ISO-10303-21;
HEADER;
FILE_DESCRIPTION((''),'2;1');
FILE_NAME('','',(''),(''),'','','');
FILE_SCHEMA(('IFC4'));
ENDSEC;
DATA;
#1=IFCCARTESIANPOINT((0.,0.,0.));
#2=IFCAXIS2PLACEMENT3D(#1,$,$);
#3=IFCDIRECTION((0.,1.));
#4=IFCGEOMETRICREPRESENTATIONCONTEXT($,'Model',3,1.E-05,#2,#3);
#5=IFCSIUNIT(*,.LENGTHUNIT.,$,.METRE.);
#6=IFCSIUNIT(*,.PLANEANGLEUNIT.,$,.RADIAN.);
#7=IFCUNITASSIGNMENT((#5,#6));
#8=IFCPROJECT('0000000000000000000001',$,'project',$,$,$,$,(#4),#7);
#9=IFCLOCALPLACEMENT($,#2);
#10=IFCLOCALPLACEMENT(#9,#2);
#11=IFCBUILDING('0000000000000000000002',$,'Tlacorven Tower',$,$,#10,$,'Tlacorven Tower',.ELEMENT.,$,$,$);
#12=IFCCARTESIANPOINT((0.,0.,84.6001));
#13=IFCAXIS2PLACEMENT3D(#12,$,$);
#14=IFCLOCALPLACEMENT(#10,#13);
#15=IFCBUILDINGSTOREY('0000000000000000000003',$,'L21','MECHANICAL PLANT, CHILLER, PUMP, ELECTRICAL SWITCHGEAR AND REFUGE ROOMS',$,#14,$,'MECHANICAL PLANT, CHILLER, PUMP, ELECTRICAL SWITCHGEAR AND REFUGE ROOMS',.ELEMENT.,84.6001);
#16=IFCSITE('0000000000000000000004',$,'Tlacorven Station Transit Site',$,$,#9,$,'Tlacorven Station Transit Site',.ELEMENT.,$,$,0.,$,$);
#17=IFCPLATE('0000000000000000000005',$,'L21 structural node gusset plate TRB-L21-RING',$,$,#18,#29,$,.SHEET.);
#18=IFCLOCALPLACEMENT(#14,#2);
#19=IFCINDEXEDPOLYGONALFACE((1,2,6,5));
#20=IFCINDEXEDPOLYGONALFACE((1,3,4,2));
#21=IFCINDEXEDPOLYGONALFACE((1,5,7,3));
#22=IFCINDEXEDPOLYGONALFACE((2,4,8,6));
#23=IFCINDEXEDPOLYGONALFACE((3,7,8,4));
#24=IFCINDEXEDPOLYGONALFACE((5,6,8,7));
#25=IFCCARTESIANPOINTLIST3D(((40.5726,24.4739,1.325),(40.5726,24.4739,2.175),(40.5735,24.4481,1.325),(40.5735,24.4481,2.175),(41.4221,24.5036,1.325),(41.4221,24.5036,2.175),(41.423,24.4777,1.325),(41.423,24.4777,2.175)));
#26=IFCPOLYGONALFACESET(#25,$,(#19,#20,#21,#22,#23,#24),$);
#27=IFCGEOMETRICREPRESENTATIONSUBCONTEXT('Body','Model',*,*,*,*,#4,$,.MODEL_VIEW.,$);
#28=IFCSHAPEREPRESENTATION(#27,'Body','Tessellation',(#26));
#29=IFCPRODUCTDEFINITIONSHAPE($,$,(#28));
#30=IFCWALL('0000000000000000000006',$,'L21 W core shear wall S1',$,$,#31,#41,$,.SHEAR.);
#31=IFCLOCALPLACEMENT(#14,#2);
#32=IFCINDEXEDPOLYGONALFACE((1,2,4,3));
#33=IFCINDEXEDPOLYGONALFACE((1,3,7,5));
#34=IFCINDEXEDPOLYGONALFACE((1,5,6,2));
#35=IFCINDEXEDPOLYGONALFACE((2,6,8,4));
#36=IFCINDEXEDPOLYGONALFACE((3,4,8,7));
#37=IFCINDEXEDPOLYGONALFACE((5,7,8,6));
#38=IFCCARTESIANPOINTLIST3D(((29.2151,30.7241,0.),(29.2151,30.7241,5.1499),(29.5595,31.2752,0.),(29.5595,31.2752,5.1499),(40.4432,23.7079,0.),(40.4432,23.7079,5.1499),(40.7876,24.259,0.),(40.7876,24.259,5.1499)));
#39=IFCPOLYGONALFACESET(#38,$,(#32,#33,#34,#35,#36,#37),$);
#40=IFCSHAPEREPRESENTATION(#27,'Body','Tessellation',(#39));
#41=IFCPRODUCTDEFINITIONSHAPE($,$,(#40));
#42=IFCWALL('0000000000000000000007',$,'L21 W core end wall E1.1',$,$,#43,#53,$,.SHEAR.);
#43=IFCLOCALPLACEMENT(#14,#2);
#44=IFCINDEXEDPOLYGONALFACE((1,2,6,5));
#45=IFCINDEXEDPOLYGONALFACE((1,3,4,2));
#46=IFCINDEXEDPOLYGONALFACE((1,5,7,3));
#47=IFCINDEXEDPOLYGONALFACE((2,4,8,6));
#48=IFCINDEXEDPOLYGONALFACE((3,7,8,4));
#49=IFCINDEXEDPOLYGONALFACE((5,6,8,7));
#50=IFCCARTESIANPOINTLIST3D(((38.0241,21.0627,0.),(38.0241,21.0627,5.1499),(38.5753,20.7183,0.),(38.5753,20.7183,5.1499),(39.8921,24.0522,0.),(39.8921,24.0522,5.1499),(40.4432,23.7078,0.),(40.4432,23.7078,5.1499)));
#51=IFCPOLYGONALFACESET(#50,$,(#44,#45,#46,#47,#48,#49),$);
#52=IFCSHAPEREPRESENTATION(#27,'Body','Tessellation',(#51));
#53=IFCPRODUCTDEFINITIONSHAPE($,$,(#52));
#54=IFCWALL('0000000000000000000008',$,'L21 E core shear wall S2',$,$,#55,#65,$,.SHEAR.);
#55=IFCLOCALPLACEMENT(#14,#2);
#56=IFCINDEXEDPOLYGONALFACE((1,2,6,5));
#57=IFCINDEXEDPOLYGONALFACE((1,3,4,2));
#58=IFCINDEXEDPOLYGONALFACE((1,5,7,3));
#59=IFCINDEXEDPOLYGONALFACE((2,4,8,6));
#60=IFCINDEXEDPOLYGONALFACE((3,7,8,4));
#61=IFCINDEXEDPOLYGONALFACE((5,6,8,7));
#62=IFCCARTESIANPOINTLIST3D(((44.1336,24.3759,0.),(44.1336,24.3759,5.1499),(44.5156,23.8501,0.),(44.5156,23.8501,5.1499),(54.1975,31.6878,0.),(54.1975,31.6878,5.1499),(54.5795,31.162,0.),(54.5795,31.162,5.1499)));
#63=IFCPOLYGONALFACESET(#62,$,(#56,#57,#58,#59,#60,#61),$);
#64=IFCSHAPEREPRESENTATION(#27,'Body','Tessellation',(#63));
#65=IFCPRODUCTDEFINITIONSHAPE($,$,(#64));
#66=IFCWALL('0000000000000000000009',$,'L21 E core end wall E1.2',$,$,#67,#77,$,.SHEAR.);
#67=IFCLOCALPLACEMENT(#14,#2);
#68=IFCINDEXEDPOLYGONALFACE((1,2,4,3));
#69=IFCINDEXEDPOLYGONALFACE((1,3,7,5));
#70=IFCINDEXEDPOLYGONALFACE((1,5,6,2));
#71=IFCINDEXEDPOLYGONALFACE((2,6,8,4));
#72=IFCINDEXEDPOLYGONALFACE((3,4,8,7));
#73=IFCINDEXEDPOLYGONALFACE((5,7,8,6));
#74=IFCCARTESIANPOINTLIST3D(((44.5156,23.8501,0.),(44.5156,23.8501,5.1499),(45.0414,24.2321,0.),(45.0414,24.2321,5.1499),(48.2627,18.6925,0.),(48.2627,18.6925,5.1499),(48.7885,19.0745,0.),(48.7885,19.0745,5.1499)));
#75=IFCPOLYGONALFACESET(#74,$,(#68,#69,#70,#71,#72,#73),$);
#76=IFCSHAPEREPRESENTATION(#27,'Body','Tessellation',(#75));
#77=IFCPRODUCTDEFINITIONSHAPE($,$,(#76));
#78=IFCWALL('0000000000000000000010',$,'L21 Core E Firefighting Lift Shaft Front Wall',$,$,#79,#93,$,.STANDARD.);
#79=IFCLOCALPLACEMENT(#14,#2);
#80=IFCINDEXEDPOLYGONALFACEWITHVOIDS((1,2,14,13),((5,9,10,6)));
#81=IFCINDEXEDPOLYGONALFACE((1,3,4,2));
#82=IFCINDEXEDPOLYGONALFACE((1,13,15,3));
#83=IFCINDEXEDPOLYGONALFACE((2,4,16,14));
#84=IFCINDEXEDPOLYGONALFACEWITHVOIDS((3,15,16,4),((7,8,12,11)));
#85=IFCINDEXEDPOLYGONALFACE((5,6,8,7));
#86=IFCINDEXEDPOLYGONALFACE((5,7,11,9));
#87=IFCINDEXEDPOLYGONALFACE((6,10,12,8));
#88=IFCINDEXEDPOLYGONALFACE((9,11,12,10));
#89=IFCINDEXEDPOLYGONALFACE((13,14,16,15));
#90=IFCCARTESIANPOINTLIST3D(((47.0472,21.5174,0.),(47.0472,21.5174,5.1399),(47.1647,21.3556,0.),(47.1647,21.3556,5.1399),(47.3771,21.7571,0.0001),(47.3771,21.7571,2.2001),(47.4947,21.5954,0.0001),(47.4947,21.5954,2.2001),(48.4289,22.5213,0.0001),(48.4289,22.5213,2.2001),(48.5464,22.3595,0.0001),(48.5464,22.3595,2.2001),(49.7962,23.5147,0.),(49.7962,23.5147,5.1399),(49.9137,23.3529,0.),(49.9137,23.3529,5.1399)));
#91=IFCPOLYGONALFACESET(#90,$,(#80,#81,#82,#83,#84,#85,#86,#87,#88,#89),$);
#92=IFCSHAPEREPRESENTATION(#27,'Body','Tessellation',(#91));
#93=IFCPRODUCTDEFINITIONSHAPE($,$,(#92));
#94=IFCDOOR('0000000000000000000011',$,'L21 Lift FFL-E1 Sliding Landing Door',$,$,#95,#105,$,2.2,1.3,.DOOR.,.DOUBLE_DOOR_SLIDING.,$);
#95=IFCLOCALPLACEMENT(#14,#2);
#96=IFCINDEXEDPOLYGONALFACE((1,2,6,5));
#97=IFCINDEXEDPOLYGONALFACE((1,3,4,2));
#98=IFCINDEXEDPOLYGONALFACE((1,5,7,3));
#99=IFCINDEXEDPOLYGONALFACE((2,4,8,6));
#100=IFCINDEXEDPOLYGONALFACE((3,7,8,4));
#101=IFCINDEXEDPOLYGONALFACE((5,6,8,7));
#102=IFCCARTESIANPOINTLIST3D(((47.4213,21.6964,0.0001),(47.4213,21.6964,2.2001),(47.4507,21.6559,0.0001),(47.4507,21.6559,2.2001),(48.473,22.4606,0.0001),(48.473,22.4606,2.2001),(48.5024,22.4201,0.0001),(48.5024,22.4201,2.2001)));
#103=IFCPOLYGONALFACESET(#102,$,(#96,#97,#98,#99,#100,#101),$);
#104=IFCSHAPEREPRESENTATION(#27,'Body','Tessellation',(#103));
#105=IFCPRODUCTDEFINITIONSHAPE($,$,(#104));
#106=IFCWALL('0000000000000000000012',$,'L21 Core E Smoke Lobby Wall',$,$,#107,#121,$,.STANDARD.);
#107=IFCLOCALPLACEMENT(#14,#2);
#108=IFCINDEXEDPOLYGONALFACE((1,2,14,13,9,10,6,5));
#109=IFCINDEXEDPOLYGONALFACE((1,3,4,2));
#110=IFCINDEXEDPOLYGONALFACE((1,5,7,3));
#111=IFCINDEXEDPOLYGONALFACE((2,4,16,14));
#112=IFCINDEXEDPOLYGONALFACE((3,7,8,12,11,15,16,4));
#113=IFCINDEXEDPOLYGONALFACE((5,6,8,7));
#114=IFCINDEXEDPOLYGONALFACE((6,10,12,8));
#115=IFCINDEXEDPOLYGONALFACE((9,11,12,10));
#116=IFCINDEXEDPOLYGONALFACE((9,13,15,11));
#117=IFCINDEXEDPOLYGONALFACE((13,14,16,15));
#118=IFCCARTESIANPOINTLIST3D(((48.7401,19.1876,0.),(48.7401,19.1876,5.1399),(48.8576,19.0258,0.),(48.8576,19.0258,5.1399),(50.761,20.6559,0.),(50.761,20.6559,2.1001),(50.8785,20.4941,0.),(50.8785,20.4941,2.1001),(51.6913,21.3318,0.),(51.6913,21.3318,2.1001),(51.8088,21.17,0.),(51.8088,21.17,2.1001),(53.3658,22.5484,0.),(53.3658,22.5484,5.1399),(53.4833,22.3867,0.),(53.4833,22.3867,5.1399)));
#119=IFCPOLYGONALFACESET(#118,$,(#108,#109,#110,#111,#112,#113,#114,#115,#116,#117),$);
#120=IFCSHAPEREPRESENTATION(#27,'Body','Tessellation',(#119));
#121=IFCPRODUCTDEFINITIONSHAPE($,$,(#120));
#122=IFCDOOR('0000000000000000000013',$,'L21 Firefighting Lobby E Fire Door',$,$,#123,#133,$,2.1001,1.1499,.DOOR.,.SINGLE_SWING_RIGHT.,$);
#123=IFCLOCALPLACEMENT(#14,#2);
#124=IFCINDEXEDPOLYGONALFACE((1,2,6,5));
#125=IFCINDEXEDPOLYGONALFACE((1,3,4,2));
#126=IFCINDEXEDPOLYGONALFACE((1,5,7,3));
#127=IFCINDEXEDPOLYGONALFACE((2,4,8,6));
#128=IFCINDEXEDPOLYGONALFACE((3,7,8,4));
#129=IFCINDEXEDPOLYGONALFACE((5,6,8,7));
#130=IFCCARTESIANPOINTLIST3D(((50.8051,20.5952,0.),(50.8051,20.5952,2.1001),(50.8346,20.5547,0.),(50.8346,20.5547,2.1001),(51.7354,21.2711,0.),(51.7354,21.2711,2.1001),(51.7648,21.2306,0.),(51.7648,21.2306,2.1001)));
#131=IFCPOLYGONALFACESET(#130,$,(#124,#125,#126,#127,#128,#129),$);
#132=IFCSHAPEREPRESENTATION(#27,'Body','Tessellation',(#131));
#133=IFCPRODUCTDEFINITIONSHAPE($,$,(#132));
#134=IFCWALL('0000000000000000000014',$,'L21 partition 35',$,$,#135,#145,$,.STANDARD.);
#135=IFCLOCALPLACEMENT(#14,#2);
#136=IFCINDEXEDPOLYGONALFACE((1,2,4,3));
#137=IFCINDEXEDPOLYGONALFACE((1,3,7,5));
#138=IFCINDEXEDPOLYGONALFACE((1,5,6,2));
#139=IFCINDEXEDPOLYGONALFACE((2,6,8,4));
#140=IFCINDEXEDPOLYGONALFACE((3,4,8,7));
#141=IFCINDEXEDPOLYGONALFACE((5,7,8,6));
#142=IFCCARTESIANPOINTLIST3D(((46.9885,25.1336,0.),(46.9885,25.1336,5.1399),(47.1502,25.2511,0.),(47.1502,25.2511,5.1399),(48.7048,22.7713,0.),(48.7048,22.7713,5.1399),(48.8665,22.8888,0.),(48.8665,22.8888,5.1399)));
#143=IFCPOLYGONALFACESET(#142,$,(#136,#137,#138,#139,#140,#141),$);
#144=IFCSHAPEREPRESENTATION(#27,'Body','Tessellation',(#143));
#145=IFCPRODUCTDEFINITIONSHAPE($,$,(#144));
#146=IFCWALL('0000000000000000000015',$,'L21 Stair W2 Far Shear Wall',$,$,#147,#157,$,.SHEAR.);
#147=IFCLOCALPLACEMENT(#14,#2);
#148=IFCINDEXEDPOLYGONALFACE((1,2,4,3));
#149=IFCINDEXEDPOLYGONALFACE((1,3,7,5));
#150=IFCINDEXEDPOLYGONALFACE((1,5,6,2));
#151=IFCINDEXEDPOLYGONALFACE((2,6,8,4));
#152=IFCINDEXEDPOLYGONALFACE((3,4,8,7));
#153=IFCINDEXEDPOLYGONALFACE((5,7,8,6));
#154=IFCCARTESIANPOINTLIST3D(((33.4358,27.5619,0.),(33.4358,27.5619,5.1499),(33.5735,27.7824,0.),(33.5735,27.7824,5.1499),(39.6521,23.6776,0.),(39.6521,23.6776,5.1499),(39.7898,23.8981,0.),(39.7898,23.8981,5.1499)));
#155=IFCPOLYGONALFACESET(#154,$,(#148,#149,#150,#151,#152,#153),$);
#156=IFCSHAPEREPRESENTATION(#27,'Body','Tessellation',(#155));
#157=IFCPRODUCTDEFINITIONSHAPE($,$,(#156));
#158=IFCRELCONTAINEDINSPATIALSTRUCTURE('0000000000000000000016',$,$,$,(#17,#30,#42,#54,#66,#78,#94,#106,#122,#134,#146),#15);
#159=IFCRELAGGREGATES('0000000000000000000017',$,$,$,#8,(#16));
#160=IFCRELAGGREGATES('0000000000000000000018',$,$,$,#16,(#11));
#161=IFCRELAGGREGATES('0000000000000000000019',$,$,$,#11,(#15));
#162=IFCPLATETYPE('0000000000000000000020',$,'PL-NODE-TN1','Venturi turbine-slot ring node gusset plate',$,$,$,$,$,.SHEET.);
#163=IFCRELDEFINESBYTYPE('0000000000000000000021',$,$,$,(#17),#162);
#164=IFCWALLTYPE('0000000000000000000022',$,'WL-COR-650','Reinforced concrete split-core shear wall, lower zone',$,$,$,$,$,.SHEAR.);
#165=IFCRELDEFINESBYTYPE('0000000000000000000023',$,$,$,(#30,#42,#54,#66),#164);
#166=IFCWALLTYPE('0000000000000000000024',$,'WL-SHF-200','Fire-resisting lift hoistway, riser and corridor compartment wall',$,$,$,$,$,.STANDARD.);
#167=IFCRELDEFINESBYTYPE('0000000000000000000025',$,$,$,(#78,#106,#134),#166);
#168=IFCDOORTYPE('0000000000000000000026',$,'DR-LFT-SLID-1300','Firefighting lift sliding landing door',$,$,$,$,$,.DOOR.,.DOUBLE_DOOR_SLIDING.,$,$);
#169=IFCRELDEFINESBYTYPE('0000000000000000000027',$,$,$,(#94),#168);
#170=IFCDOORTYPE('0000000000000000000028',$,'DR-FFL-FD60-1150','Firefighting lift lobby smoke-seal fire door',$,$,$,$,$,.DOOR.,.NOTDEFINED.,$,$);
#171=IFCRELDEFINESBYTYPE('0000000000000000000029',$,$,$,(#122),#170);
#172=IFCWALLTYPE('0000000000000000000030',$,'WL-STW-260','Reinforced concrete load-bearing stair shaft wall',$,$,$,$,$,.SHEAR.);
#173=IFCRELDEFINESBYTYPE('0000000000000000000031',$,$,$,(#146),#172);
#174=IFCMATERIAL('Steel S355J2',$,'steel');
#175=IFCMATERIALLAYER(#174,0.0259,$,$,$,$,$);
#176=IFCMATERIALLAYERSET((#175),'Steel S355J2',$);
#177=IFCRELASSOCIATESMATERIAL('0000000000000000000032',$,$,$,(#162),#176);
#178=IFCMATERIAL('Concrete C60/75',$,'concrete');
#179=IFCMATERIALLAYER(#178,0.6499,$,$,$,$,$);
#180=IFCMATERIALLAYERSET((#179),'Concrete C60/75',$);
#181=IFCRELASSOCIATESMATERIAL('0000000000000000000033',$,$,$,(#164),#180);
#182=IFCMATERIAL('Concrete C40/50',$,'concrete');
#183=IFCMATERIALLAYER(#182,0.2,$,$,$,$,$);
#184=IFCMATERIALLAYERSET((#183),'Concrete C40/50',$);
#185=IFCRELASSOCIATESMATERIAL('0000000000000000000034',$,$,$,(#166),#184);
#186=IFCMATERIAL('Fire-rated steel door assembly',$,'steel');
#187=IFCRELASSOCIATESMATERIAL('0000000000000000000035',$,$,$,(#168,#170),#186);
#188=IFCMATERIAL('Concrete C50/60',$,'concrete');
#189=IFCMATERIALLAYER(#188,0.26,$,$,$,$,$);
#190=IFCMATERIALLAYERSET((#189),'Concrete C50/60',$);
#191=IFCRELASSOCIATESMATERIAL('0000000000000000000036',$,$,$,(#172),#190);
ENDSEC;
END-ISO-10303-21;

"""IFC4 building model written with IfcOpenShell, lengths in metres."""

from ifc_helpers import new_model, si_unit, direction, frame, frame_2d, origin, origin_2d, place, context, subcontext, project, spatial, rectangle, extrude, source, transform, mapped, material, layer, layer_set, type_object, element, fill, save


model = new_model("IFC4")

# Units and contexts
model_context = context("Model", 3, precision=1e-05, world=origin(), true_north=direction((0.0, 1.0)))
body_context = subcontext(model_context, "Body", "Model", "MODEL_VIEW")
ifc_project = project(units=[si_unit("LENGTHUNIT", "METRE"), si_unit("PLANEANGLEUNIT", "RADIAN")], contexts=[model_context])

# Site, building, storey
site_placement = place(None, origin())
site = spatial("IfcSite", under=ifc_project, at=site_placement, Name="Tlacorven Station Transit Site", LongName="Tlacorven Station Transit Site", CompositionType="ELEMENT", RefElevation=0.0)
building_placement = place(site_placement, origin())
building = spatial("IfcBuilding", under=site, at=building_placement, Name="Tlacorven Tower", LongName="Tlacorven Tower", CompositionType="ELEMENT")
storey_placement = place(building_placement, frame((0.0, 0.0, 84.6001)))
storey = spatial("IfcBuildingStorey", under=building, at=storey_placement, Name="L21", Description="MECHANICAL PLANT, CHILLER, PUMP, ELECTRICAL SWITCHGEAR AND REFUGE ROOMS", LongName="MECHANICAL PLANT, CHILLER, PUMP, ELECTRICAL SWITCHGEAR AND REFUGE ROOMS", CompositionType="ELEMENT", Elevation=84.6001)

# Shared definitions
ifc_material_1 = material(Name="Concrete C60/75", Category="concrete")
ifc_material_2 = material(Name="Steel S355J2", Category="steel")

# Plate
ifc_layer_1 = layer(ifc_material_2, 0.0259)
ifc_layer_set_1 = layer_set([ifc_layer_1], Name="Steel S355J2")
plate_type_1 = type_object("IfcPlateType", Name="PL-NODE-TN1", Description="Venturi turbine-slot ring node gusset plate", PredefinedType="SHEET", material=ifc_layer_set_1)
shared_shape_1 = source(origin(), body_context, "Body", "SweptSolid", [
    extrude(rectangle(XDim=0.8501, YDim=0.0259, at=origin_2d()), origin(), (0.0, 0.0, 1.0), 0.8501),
])
plate_placement = place(storey_placement, frame((40.9978, 24.4758, 1.325), z_axis=(0.0, 0.0, 1.0), x_axis=(0.999391, 0.034899, 0.0)))
element("IfcPlate", 1, at=plate_placement, inside=storey, type_object=plate_type_1, Name="L21 structural node gusset plate TRB-L21-RING", PredefinedType="SHEET", context=body_context, shape_type="MappedRepresentation", body=[
    mapped(shared_shape_1, transform((0.0, 0.0, 0.0), scale=1.0)),
])

# Walls
ifc_layer_2 = layer(ifc_material_1, 0.6499)
ifc_layer_set_2 = layer_set([ifc_layer_2], Name="Concrete C60/75")
wall_type_1 = type_object("IfcWallType", Name="WL-COR-650", Description="Reinforced concrete split-core shear wall, lower zone", PredefinedType="SHEAR", material=ifc_layer_set_2)
wall_1_placement = place(storey_placement, frame((40.6155, 23.9834, 0.0), z_axis=(0.0, 0.0, 1.0), x_axis=(-0.848046, 0.529923, 0.0)))
element("IfcWall", 2, at=wall_1_placement, inside=storey, type_object=wall_type_1, Name="L21 W core shear wall S1", PredefinedType="SHEAR", context=body_context, shape_type="SweptSolid", body=[
    extrude(rectangle(XDim=13.24, YDim=0.6499, at=frame_2d((6.6201, 0.0))), origin(), (0.0, 0.0, 1.0), 5.1499),
])
wall_2_placement = place(storey_placement, frame((40.1677, 23.8801, 0.0), z_axis=(0.0, 0.0, 1.0), x_axis=(-0.529893, -0.848064, 0.0)))
element("IfcWall", 3, at=wall_2_placement, inside=storey, type_object=wall_type_1, Name="L21 W core end wall E1.1", PredefinedType="SHEAR", context=body_context, shape_type="SweptSolid", body=[
    extrude(rectangle(XDim=3.5251, YDim=0.6499, at=frame_2d((1.7627, 0.0))), origin(), (0.0, 0.0, 1.0), 5.1499),
])
wall_3_placement = place(storey_placement, frame((44.3247, 24.113, 0.0), z_axis=(0.0, 0.0, 1.0), x_axis=(0.809013, 0.587791, 0.0)))
element("IfcWall", 4, at=wall_3_placement, inside=storey, type_object=wall_type_1, Name="L21 E core shear wall S2", PredefinedType="SHEAR", context=body_context, shape_type="SweptSolid", body=[
    extrude(rectangle(XDim=12.4397, YDim=0.6499, at=frame_2d((6.2197, 0.0))), origin(), (0.0, 0.0, 1.0), 5.1499),
])
wall_4_placement = place(storey_placement, frame((48.5256, 18.8835, 0.0), z_axis=(0.0, 0.0, 1.0), x_axis=(-0.58778, 0.809021, 0.0)))
element("IfcWall", 5, at=wall_4_placement, inside=storey, type_object=wall_type_1, Name="L21 E core end wall E1.2", PredefinedType="SHEAR", context=body_context, shape_type="SweptSolid", body=[
    extrude(rectangle(XDim=6.375, YDim=0.6499, at=frame_2d((3.1875, 0.0))), origin(), (0.0, 0.0, 1.0), 5.1499),
])

# Walls, openings, doors
ifc_material_3 = material(Name="Concrete C40/50", Category="concrete")
ifc_layer_3 = layer(ifc_material_3, 0.2)
ifc_layer_set_3 = layer_set([ifc_layer_3], Name="Concrete C40/50")
wall_type_2 = type_object("IfcWallType", Name="WL-SHF-200", Description="Fire-resisting lift hoistway, riser and corridor compartment wall", PredefinedType="STANDARD", material=ifc_layer_set_3)
wall_5_placement = place(storey_placement, frame((47.106, 21.4365, 0.0), z_axis=(0.0, 0.0, 1.0), x_axis=(0.809013, 0.587791, 0.0)))
wall_5 = element("IfcWall", 6, at=wall_5_placement, inside=storey, type_object=wall_type_2, Name="L21 Core E Firefighting Lift Shaft Front Wall", PredefinedType="STANDARD", context=body_context, shape_type="SweptSolid", body=[
    extrude(rectangle(XDim=3.3979, YDim=0.2, at=frame_2d((1.699, 0.0))), origin(), (0.0, 0.0, 1.0), 5.1399),
])
opening_1_placement = place(wall_5_placement, frame((0.408, 0.0, 0.0)))
opening_1 = element("IfcOpeningElement", 7, at=opening_1_placement, cuts=wall_5, PredefinedType="OPENING", context=body_context, shape_type="SweptSolid", body=[
    extrude(rectangle(XDim=1.3, YDim=2.2, at=frame_2d((0.6499, 1.1001))), frame((0.0, 0.1099, 0.0), z_axis=(0.0, -1.0, 0.0), x_axis=(1.0, 0.0, 0.0)), (0.0, 0.0, 1.0), 0.22),
])
ifc_material_4 = material(Name="Fire-rated steel door assembly", Category="steel")
door_type_1 = type_object("IfcDoorType", Name="DR-LFT-SLID-1300", Description="Firefighting lift sliding landing door", OperationType="DOUBLE_DOOR_SLIDING", PredefinedType="DOOR", material=ifc_material_4)
shared_shape_2 = source(origin(), body_context, "Body", "SweptSolid", [
    extrude(rectangle(XDim=1.3, YDim=2.2, at=frame_2d((0.6499, 1.1001))), frame((0.0, 0.0249, 0.0), z_axis=(0.0, -1.0, 0.0), x_axis=(1.0, 0.0, 0.0)), (0.0, 0.0, 1.0), 0.05),
])
door_1_placement = place(opening_1_placement, origin())
door_1 = element("IfcDoor", 8, at=door_1_placement, inside=storey, type_object=door_type_1, Name="L21 Lift FFL-E1 Sliding Landing Door", OperationType="DOUBLE_DOOR_SLIDING", OverallHeight=2.2, OverallWidth=1.3, PredefinedType="DOOR", context=body_context, shape_type="MappedRepresentation", body=[
    mapped(shared_shape_2, transform((0.0, 0.0, 0.0), scale=1.0)),
])
fill(opening_1, door_1)
wall_6_placement = place(storey_placement, frame((48.7988, 19.1067, 0.0), z_axis=(0.0, 0.0, 1.0), x_axis=(0.809013, 0.587791, 0.0)))
wall_6 = element("IfcWall", 9, at=wall_6_placement, inside=storey, type_object=wall_type_2, Name="L21 Core E Smoke Lobby Wall", PredefinedType="STANDARD", context=body_context, shape_type="SweptSolid", body=[
    extrude(rectangle(XDim=5.7178, YDim=0.2, at=frame_2d((2.8589, 0.0))), origin(), (0.0, 0.0, 1.0), 5.1399),
])
opening_2_placement = place(wall_6_placement, frame((2.498, 0.0, 0.0)))
opening_2 = element("IfcOpeningElement", 10, at=opening_2_placement, cuts=wall_6, PredefinedType="OPENING", context=body_context, shape_type="SweptSolid", body=[
    extrude(rectangle(XDim=1.1499, YDim=2.1001, at=frame_2d((0.575, 1.05))), frame((0.0, 0.1099, 0.0), z_axis=(0.0, -1.0, 0.0), x_axis=(1.0, 0.0, 0.0)), (0.0, 0.0, 1.0), 0.22),
])
door_type_2 = type_object("IfcDoorType", Name="DR-FFL-FD60-1150", Description="Firefighting lift lobby smoke-seal fire door", OperationType="NOTDEFINED", PredefinedType="DOOR", material=ifc_material_4)
shared_shape_3 = source(origin(), body_context, "Body", "SweptSolid", [
    extrude(rectangle(XDim=1.1499, YDim=2.1001, at=frame_2d((0.575, 1.05))), frame((0.0, 0.0249, 0.0), z_axis=(0.0, -1.0, 0.0), x_axis=(1.0, 0.0, 0.0)), (0.0, 0.0, 1.0), 0.05),
])
door_2_placement = place(opening_2_placement, origin())
door_2 = element("IfcDoor", 11, at=door_2_placement, inside=storey, type_object=door_type_2, Name="L21 Firefighting Lobby E Fire Door", OperationType="SINGLE_SWING_RIGHT", OverallHeight=2.1001, OverallWidth=1.1499, PredefinedType="DOOR", context=body_context, shape_type="MappedRepresentation", body=[
    mapped(shared_shape_3, transform((0.0, 0.0, 0.0), scale=1.0)),
])
fill(opening_2, door_2)

# Walls
wall_7_placement = place(storey_placement, frame((48.7856, 22.8301, 0.0), z_axis=(0.0, 0.0, 1.0), x_axis=(-0.587784, 0.809018, 0.0)))
element("IfcWall", 12, at=wall_7_placement, inside=storey, type_object=wall_type_2, Name="L21 partition 35", PredefinedType="STANDARD", context=body_context, shape_type="SweptSolid", body=[
    extrude(rectangle(XDim=2.9199, YDim=0.2, at=frame_2d((1.46, 0.0))), origin(), (0.0, 0.0, 1.0), 5.1399),
])
ifc_material_5 = material(Name="Concrete C50/60", Category="concrete")
ifc_layer_4 = layer(ifc_material_5, 0.26)
ifc_layer_set_4 = layer_set([ifc_layer_4], Name="Concrete C50/60")
wall_type_3 = type_object("IfcWallType", Name="WL-STW-260", Description="Reinforced concrete load-bearing stair shaft wall", PredefinedType="SHEAR", material=ifc_layer_set_4)
wall_8_placement = place(storey_placement, frame((39.7209, 23.7878, 0.0), z_axis=(0.0, 0.0, 1.0), x_axis=(-0.848054, 0.529909, 0.0)))
element("IfcWall", 13, at=wall_8_placement, inside=storey, type_object=wall_type_3, Name="L21 Stair W2 Far Shear Wall", PredefinedType="SHEAR", context=body_context, shape_type="SweptSolid", body=[
    extrude(rectangle(XDim=7.3301, YDim=0.26, at=frame_2d((3.665, 0.0))), origin(), (0.0, 0.0, 1.0), 5.1499),
])

save(model, "model.ifc")
